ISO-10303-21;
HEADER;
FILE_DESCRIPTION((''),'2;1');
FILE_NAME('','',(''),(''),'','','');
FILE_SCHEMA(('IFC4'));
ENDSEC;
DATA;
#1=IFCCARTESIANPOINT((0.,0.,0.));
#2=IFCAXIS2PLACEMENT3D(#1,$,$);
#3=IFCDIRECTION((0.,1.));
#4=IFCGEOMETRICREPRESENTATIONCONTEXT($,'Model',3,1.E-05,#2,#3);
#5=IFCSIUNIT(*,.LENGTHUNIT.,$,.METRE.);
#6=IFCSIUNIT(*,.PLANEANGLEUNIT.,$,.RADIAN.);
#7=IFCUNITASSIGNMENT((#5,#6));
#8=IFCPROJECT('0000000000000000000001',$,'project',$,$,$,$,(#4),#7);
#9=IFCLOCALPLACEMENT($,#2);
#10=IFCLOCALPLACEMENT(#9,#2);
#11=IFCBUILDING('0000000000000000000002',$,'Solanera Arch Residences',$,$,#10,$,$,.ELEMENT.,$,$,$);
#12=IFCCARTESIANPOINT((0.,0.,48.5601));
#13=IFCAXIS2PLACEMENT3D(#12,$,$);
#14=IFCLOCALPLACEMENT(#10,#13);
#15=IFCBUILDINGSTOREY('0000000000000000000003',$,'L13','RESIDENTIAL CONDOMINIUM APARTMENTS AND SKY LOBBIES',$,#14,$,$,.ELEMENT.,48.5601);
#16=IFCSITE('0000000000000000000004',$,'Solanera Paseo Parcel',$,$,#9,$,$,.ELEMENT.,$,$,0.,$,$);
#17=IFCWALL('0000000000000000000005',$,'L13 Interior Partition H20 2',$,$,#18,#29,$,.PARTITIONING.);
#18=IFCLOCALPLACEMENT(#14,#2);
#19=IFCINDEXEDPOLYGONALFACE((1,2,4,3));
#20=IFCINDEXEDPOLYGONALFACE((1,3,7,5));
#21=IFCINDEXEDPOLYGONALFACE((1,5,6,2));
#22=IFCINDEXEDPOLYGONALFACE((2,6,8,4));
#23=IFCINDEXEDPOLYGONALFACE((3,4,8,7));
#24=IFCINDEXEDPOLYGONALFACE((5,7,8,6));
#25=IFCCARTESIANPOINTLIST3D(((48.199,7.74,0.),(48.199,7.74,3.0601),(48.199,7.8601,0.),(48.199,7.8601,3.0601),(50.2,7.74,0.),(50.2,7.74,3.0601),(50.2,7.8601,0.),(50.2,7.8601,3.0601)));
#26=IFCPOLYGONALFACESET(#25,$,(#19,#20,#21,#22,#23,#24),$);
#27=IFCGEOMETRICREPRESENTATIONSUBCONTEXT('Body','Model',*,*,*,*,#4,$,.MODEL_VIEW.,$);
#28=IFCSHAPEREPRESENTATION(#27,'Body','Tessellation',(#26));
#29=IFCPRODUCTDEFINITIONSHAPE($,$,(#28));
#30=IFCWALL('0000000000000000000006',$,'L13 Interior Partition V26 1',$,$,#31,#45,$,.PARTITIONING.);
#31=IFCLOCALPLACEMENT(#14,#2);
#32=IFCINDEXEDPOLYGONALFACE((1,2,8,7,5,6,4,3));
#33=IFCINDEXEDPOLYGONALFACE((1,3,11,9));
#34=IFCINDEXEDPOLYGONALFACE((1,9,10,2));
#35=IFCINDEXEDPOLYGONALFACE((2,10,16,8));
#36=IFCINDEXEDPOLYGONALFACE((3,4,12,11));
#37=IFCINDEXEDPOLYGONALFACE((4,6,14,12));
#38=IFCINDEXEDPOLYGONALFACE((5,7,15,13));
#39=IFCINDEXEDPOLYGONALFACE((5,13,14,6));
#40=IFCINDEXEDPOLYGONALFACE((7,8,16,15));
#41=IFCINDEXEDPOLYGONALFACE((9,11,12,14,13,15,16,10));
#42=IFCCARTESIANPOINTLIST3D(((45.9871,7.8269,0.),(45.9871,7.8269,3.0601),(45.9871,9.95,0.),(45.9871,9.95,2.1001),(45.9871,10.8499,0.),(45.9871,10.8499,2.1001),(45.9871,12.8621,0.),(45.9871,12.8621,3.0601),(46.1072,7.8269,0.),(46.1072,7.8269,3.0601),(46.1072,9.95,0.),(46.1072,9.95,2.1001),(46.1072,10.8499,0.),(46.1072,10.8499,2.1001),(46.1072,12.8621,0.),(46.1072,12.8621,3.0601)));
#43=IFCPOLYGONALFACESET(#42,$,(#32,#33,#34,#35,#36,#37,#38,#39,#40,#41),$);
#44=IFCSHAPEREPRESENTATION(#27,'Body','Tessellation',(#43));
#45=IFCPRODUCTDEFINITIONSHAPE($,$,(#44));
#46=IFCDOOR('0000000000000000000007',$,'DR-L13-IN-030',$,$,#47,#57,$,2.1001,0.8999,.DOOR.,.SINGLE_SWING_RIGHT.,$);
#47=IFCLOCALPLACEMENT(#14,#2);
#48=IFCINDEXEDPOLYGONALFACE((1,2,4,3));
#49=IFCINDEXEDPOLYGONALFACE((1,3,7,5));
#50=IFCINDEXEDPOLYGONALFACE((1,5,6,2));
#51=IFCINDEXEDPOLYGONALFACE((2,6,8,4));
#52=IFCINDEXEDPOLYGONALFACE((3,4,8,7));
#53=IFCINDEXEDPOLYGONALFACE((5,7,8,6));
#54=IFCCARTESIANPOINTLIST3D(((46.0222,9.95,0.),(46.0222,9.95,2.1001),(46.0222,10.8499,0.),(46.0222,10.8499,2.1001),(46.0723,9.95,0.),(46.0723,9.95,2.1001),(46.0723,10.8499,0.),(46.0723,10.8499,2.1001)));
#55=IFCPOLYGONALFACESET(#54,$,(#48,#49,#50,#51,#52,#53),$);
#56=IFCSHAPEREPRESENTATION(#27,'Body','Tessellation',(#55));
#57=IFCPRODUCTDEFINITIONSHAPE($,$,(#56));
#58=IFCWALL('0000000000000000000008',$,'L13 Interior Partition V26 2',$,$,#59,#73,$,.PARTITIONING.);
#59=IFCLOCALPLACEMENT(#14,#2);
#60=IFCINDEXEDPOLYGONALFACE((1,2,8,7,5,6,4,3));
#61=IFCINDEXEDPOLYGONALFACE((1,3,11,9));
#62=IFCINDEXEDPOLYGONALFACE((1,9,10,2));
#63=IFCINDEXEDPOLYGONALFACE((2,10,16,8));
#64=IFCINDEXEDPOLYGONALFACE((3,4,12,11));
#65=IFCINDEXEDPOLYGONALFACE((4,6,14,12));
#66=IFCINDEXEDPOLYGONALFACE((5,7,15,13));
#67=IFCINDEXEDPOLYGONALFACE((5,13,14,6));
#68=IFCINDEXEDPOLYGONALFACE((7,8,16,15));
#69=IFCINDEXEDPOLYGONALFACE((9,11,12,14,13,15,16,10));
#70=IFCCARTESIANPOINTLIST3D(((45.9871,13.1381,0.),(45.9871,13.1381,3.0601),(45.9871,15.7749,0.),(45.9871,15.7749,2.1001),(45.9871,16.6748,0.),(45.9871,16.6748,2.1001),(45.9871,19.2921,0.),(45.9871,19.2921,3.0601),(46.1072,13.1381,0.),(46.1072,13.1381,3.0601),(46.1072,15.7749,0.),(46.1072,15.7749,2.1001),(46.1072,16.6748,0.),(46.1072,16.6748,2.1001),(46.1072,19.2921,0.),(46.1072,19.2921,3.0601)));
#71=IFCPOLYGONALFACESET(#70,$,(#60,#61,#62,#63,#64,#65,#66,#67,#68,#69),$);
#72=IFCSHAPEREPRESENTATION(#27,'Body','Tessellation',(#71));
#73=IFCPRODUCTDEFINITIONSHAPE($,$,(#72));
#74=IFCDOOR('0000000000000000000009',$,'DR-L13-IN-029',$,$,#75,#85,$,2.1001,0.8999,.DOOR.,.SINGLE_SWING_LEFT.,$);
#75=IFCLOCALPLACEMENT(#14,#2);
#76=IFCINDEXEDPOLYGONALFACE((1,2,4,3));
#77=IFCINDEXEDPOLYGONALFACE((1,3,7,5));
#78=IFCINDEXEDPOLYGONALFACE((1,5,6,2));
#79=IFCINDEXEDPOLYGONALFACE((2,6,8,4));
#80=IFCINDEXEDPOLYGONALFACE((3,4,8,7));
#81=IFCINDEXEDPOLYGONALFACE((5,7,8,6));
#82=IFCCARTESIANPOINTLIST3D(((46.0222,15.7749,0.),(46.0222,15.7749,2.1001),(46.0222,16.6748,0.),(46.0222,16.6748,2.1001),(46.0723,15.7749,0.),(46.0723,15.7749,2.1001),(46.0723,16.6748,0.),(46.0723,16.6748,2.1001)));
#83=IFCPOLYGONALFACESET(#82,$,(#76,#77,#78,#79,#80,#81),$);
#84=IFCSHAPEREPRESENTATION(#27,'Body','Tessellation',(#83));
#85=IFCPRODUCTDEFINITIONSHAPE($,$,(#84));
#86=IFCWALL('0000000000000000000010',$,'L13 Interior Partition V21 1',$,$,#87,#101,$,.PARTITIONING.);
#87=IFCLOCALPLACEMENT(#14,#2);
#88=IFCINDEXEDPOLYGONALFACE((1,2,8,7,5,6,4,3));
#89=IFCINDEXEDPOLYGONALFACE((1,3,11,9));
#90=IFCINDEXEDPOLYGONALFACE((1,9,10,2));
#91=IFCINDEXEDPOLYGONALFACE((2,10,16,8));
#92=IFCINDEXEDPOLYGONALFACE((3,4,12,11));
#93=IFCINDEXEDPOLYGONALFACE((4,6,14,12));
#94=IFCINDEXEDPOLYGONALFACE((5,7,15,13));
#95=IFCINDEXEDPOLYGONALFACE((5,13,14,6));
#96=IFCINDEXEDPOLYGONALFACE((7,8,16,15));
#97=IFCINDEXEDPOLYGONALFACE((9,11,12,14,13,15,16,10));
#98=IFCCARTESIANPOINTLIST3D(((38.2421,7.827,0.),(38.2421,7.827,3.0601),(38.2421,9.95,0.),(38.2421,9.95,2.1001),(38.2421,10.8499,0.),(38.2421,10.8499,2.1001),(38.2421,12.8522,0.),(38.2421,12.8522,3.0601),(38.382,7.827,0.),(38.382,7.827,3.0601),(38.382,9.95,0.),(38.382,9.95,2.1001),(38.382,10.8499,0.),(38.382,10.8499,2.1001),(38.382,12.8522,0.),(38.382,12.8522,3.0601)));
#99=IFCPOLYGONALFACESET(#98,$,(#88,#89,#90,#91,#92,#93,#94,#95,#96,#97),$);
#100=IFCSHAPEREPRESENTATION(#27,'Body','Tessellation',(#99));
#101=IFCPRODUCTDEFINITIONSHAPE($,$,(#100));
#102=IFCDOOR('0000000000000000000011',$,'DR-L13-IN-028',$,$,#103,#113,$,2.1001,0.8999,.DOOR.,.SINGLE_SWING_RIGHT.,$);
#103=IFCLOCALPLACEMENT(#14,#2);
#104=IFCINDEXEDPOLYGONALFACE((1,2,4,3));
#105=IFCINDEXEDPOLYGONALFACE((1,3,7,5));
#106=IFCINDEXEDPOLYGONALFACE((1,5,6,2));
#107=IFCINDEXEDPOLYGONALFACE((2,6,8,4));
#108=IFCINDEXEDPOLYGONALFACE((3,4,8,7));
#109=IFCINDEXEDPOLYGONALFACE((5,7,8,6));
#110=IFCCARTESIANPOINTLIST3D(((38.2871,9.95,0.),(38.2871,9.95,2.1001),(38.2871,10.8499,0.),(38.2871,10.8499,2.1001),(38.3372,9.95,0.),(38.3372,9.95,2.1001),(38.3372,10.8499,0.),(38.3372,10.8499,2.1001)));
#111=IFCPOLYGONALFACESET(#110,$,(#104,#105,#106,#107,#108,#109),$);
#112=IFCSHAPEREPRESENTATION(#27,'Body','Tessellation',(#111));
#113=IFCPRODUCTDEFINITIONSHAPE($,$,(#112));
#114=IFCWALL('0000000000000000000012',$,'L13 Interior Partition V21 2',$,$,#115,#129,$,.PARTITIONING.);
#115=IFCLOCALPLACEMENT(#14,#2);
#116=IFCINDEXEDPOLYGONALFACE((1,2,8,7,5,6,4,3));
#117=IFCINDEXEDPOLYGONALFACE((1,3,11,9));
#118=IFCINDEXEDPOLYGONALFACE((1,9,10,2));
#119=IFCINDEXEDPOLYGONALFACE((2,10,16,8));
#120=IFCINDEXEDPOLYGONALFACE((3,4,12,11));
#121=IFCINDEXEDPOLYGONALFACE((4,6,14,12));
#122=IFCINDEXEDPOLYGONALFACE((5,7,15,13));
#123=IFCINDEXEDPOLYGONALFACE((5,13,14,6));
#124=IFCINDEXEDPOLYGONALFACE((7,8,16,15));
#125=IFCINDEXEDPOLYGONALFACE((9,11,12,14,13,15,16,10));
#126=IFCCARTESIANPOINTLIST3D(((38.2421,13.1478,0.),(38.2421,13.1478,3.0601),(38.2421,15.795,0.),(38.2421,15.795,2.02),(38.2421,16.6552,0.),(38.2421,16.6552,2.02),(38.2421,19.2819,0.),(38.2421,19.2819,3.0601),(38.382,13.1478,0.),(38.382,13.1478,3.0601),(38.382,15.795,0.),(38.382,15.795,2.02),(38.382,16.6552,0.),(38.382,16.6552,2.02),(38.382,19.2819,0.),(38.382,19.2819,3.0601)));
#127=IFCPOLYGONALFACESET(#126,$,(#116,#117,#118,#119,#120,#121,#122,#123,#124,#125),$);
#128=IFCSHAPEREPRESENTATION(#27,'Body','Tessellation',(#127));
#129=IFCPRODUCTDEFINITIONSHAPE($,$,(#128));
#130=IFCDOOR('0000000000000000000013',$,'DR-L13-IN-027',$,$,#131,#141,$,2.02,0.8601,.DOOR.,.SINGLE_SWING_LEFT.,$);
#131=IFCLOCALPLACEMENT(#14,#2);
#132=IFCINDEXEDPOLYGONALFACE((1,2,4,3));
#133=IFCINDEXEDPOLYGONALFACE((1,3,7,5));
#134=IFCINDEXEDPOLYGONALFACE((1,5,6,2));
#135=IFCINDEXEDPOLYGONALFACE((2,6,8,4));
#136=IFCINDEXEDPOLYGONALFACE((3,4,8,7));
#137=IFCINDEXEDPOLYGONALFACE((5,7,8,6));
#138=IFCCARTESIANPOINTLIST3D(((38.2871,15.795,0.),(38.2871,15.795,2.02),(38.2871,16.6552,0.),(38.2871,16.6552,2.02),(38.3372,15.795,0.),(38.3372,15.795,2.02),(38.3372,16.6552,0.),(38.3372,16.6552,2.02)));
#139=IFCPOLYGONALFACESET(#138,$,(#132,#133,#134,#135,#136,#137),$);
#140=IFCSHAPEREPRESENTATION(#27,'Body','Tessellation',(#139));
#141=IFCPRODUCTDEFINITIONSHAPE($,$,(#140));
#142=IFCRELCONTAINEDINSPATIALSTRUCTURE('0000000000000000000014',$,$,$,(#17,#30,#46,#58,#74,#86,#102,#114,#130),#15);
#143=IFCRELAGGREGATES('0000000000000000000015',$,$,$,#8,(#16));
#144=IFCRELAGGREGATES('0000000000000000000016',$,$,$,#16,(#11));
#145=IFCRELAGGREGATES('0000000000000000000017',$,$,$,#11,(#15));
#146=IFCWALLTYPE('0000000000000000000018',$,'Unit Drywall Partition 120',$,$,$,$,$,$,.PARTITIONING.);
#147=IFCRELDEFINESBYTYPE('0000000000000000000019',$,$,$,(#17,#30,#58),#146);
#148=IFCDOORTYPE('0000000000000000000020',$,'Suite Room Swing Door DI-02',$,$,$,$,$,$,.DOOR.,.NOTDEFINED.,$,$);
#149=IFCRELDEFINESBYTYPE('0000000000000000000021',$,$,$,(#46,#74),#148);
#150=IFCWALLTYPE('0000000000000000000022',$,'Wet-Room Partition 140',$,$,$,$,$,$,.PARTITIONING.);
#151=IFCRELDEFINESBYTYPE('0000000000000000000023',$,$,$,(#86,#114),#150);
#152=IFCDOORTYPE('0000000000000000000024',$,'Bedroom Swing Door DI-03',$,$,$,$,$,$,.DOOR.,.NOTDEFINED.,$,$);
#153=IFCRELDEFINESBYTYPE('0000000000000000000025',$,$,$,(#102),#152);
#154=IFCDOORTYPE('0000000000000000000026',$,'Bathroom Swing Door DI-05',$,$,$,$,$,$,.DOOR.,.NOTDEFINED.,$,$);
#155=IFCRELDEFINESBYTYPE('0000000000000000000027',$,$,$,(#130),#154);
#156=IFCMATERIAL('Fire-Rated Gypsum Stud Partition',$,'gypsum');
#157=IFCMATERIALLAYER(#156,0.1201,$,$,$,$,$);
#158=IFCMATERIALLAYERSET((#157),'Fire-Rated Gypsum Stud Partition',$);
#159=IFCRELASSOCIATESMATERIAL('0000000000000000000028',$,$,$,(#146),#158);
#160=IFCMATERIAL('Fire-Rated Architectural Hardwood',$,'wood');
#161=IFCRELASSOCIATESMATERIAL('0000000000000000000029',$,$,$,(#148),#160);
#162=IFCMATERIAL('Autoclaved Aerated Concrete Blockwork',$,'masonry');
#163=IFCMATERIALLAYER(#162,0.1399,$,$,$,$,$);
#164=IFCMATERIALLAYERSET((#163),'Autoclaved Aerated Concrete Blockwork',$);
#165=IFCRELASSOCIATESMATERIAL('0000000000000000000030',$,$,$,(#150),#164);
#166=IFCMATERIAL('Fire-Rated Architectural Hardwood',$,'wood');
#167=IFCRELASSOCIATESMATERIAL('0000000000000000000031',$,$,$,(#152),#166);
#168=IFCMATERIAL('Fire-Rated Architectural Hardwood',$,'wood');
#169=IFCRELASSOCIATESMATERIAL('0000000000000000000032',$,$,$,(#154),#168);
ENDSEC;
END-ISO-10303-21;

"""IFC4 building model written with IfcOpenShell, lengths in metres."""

from ifc_helpers import new_model, si_unit, direction, frame, frame_2d, origin, place, context, subcontext, project, spatial, rectangle, extrude, material, layer, layer_set, type_object, element, fill, save


model = new_model("IFC4")

# Units and contexts
model_context = context("Model", 3, precision=1e-05, world=origin(), true_north=direction((0.0, 1.0)))
body_context = subcontext(model_context, "Body", "Model", "MODEL_VIEW")
ifc_project = project(units=[si_unit("LENGTHUNIT", "METRE"), si_unit("PLANEANGLEUNIT", "RADIAN")], contexts=[model_context])

# Site, building, storey
site_placement = place(None, origin())
site = spatial("IfcSite", under=ifc_project, at=site_placement, Name="Solanera Paseo Parcel", CompositionType="ELEMENT", RefElevation=0.0)
building_placement = place(site_placement, origin())
building = spatial("IfcBuilding", under=site, at=building_placement, Name="Solanera Arch Residences", CompositionType="ELEMENT")
storey_placement = place(building_placement, frame((0.0, 0.0, 48.5601)))
storey = spatial("IfcBuildingStorey", under=building, at=storey_placement, Name="L13", Description="RESIDENTIAL CONDOMINIUM APARTMENTS AND SKY LOBBIES", CompositionType="ELEMENT", Elevation=48.5601)

# Wall
ifc_material_1 = material(Name="Fire-Rated Gypsum Stud Partition", Category="gypsum")
ifc_layer_1 = layer(ifc_material_1, 0.1201)
ifc_layer_set_1 = layer_set([ifc_layer_1], Name="Fire-Rated Gypsum Stud Partition")
wall_type_1 = type_object("IfcWallType", Name="Unit Drywall Partition 120", PredefinedType="PARTITIONING", material=ifc_layer_set_1)
wall_1_placement = place(storey_placement, frame((48.199, 7.8, 0.0), z_axis=(0.0, 0.0, 1.0), x_axis=(1.0, 0.0, 0.0)))
element("IfcWall", 1, at=wall_1_placement, inside=storey, type_object=wall_type_1, Name="L13 Interior Partition H20 2", PredefinedType="PARTITIONING", context=body_context, shape_type="SweptSolid", body=[
    extrude(rectangle(XDim=2.001, YDim=0.1201, at=frame_2d((1.0005, 0.0))), origin(), (0.0, 0.0, 1.0), 3.0601),
])

# Walls, openings, doors
wall_2_placement = place(storey_placement, frame((46.0471, 7.8269, 0.0), z_axis=(0.0, 0.0, 1.0), x_axis=(0.0, 1.0, 0.0)))
wall_2 = element("IfcWall", 2, at=wall_2_placement, inside=storey, type_object=wall_type_1, Name="L13 Interior Partition V26 1", PredefinedType="PARTITIONING", context=body_context, shape_type="SweptSolid", body=[
    extrude(rectangle(XDim=5.0352, YDim=0.1201, at=frame_2d((2.5176, 0.0))), origin(), (0.0, 0.0, 1.0), 3.0601),
])
opening_1_placement = place(wall_2_placement, frame((2.123, 0.0, 0.0)))
opening_1 = element("IfcOpeningElement", 3, at=opening_1_placement, cuts=wall_2, PredefinedType="OPENING", context=body_context, shape_type="SweptSolid", body=[
    extrude(rectangle(XDim=0.8999, YDim=2.1001, at=frame_2d((0.45, 1.05))), frame((0.0, 0.0701, 0.0), z_axis=(0.0, -1.0, 0.0), x_axis=(1.0, 0.0, 0.0)), (0.0, 0.0, 1.0), 0.1401),
])
ifc_material_2 = material(Name="Fire-Rated Architectural Hardwood", Category="wood")
door_type_1 = type_object("IfcDoorType", Name="Suite Room Swing Door DI-02", OperationType="NOTDEFINED", PredefinedType="DOOR", material=ifc_material_2)
door_1_placement = place(opening_1_placement, origin())
door_1 = element("IfcDoor", 4, at=door_1_placement, inside=storey, type_object=door_type_1, Name="DR-L13-IN-030", OperationType="SINGLE_SWING_RIGHT", OverallHeight=2.1001, OverallWidth=0.8999, PredefinedType="DOOR", context=body_context, shape_type="SweptSolid", body=[
    extrude(rectangle(XDim=0.8999, YDim=2.1001, at=frame_2d((0.45, 1.05))), frame((0.0, 0.0249, 0.0), z_axis=(0.0, -1.0, 0.0), x_axis=(1.0, 0.0, 0.0)), (0.0, 0.0, 1.0), 0.05),
])
fill(opening_1, door_1)
wall_3_placement = place(storey_placement, frame((46.0471, 13.1379, 0.0), z_axis=(0.0, 0.0, 1.0), x_axis=(0.0, 1.0, 0.0)))
wall_3 = element("IfcWall", 5, at=wall_3_placement, inside=storey, type_object=wall_type_1, Name="L13 Interior Partition V26 2", PredefinedType="PARTITIONING", context=body_context, shape_type="SweptSolid", body=[
    extrude(rectangle(XDim=6.1541, YDim=0.1201, at=frame_2d((3.0771, 0.0))), origin(), (0.0, 0.0, 1.0), 3.0601),
])
opening_2_placement = place(wall_3_placement, frame((2.637, 0.0, 0.0)))
opening_2 = element("IfcOpeningElement", 6, at=opening_2_placement, cuts=wall_3, PredefinedType="OPENING", context=body_context, shape_type="SweptSolid", body=[
    extrude(rectangle(XDim=0.8999, YDim=2.1001, at=frame_2d((0.45, 1.05))), frame((0.0, 0.0701, 0.0), z_axis=(0.0, -1.0, 0.0), x_axis=(1.0, 0.0, 0.0)), (0.0, 0.0, 1.0), 0.1401),
])
door_2_placement = place(opening_2_placement, origin())
door_2 = element("IfcDoor", 7, at=door_2_placement, inside=storey, type_object=door_type_1, Name="DR-L13-IN-029", OperationType="SINGLE_SWING_LEFT", OverallHeight=2.1001, OverallWidth=0.8999, PredefinedType="DOOR", context=body_context, shape_type="SweptSolid", body=[
    extrude(rectangle(XDim=0.8999, YDim=2.1001, at=frame_2d((0.45, 1.05))), frame((0.0, 0.0249, 0.0), z_axis=(0.0, -1.0, 0.0), x_axis=(1.0, 0.0, 0.0)), (0.0, 0.0, 1.0), 0.05),
])
fill(opening_2, door_2)
ifc_material_3 = material(Name="Autoclaved Aerated Concrete Blockwork", Category="masonry")
ifc_layer_2 = layer(ifc_material_3, 0.1399)
ifc_layer_set_2 = layer_set([ifc_layer_2], Name="Autoclaved Aerated Concrete Blockwork")
wall_type_2 = type_object("IfcWallType", Name="Wet-Room Partition 140", PredefinedType="PARTITIONING", material=ifc_layer_set_2)
wall_4_placement = place(storey_placement, frame((38.312, 7.8269, 0.0), z_axis=(0.0, 0.0, 1.0), x_axis=(0.0, 1.0, 0.0)))
wall_4 = element("IfcWall", 8, at=wall_4_placement, inside=storey, type_object=wall_type_2, Name="L13 Interior Partition V21 1", PredefinedType="PARTITIONING", context=body_context, shape_type="SweptSolid", body=[
    extrude(rectangle(XDim=5.0251, YDim=0.1399, at=frame_2d((2.5127, 0.0))), origin(), (0.0, 0.0, 1.0), 3.0601),
])
opening_3_placement = place(wall_4_placement, frame((2.123, 0.0, 0.0)))
opening_3 = element("IfcOpeningElement", 9, at=opening_3_placement, cuts=wall_4, PredefinedType="OPENING", context=body_context, shape_type="SweptSolid", body=[
    extrude(rectangle(XDim=0.8999, YDim=2.1001, at=frame_2d((0.45, 1.05))), frame((0.0, 0.0798, 0.0), z_axis=(0.0, -1.0, 0.0), x_axis=(1.0, 0.0, 0.0)), (0.0, 0.0, 1.0), 0.1599),
])
ifc_material_4 = material(Name="Fire-Rated Architectural Hardwood", Category="wood")
door_type_2 = type_object("IfcDoorType", Name="Bedroom Swing Door DI-03", OperationType="NOTDEFINED", PredefinedType="DOOR", material=ifc_material_4)
door_3_placement = place(opening_3_placement, origin())
door_3 = element("IfcDoor", 10, at=door_3_placement, inside=storey, type_object=door_type_2, Name="DR-L13-IN-028", OperationType="SINGLE_SWING_RIGHT", OverallHeight=2.1001, OverallWidth=0.8999, PredefinedType="DOOR", context=body_context, shape_type="SweptSolid", body=[
    extrude(rectangle(XDim=0.8999, YDim=2.1001, at=frame_2d((0.45, 1.05))), frame((0.0, 0.0249, 0.0), z_axis=(0.0, -1.0, 0.0), x_axis=(1.0, 0.0, 0.0)), (0.0, 0.0, 1.0), 0.05),
])
fill(opening_3, door_3)
wall_5_placement = place(storey_placement, frame((38.312, 13.1479, 0.0), z_axis=(0.0, 0.0, 1.0), x_axis=(0.0, 1.0, 0.0)))
wall_5 = element("IfcWall", 11, at=wall_5_placement, inside=storey, type_object=wall_type_2, Name="L13 Interior Partition V21 2", PredefinedType="PARTITIONING", context=body_context, shape_type="SweptSolid", body=[
    extrude(rectangle(XDim=6.134, YDim=0.1399, at=frame_2d((3.0669, 0.0))), origin(), (0.0, 0.0, 1.0), 3.0601),
])
opening_4_placement = place(wall_5_placement, frame((2.647, 0.0, 0.0)))
opening_4 = element("IfcOpeningElement", 12, at=opening_4_placement, cuts=wall_5, PredefinedType="OPENING", context=body_context, shape_type="SweptSolid", body=[
    extrude(rectangle(XDim=0.8601, YDim=2.02, at=frame_2d((0.4302, 1.01))), frame((0.0, 0.0798, 0.0), z_axis=(0.0, -1.0, 0.0), x_axis=(1.0, 0.0, 0.0)), (0.0, 0.0, 1.0), 0.1599),
])
ifc_material_5 = material(Name="Fire-Rated Architectural Hardwood", Category="wood")
door_type_3 = type_object("IfcDoorType", Name="Bathroom Swing Door DI-05", OperationType="NOTDEFINED", PredefinedType="DOOR", material=ifc_material_5)
door_4_placement = place(opening_4_placement, origin())
door_4 = element("IfcDoor", 13, at=door_4_placement, inside=storey, type_object=door_type_3, Name="DR-L13-IN-027", OperationType="SINGLE_SWING_LEFT", OverallHeight=2.02, OverallWidth=0.8601, PredefinedType="DOOR", context=body_context, shape_type="SweptSolid", body=[
    extrude(rectangle(XDim=0.8601, YDim=2.02, at=frame_2d((0.4302, 1.01))), frame((0.0, 0.0249, 0.0), z_axis=(0.0, -1.0, 0.0), x_axis=(1.0, 0.0, 0.0)), (0.0, 0.0, 1.0), 0.05),
])
fill(opening_4, door_4)

save(model, "model.ifc")
